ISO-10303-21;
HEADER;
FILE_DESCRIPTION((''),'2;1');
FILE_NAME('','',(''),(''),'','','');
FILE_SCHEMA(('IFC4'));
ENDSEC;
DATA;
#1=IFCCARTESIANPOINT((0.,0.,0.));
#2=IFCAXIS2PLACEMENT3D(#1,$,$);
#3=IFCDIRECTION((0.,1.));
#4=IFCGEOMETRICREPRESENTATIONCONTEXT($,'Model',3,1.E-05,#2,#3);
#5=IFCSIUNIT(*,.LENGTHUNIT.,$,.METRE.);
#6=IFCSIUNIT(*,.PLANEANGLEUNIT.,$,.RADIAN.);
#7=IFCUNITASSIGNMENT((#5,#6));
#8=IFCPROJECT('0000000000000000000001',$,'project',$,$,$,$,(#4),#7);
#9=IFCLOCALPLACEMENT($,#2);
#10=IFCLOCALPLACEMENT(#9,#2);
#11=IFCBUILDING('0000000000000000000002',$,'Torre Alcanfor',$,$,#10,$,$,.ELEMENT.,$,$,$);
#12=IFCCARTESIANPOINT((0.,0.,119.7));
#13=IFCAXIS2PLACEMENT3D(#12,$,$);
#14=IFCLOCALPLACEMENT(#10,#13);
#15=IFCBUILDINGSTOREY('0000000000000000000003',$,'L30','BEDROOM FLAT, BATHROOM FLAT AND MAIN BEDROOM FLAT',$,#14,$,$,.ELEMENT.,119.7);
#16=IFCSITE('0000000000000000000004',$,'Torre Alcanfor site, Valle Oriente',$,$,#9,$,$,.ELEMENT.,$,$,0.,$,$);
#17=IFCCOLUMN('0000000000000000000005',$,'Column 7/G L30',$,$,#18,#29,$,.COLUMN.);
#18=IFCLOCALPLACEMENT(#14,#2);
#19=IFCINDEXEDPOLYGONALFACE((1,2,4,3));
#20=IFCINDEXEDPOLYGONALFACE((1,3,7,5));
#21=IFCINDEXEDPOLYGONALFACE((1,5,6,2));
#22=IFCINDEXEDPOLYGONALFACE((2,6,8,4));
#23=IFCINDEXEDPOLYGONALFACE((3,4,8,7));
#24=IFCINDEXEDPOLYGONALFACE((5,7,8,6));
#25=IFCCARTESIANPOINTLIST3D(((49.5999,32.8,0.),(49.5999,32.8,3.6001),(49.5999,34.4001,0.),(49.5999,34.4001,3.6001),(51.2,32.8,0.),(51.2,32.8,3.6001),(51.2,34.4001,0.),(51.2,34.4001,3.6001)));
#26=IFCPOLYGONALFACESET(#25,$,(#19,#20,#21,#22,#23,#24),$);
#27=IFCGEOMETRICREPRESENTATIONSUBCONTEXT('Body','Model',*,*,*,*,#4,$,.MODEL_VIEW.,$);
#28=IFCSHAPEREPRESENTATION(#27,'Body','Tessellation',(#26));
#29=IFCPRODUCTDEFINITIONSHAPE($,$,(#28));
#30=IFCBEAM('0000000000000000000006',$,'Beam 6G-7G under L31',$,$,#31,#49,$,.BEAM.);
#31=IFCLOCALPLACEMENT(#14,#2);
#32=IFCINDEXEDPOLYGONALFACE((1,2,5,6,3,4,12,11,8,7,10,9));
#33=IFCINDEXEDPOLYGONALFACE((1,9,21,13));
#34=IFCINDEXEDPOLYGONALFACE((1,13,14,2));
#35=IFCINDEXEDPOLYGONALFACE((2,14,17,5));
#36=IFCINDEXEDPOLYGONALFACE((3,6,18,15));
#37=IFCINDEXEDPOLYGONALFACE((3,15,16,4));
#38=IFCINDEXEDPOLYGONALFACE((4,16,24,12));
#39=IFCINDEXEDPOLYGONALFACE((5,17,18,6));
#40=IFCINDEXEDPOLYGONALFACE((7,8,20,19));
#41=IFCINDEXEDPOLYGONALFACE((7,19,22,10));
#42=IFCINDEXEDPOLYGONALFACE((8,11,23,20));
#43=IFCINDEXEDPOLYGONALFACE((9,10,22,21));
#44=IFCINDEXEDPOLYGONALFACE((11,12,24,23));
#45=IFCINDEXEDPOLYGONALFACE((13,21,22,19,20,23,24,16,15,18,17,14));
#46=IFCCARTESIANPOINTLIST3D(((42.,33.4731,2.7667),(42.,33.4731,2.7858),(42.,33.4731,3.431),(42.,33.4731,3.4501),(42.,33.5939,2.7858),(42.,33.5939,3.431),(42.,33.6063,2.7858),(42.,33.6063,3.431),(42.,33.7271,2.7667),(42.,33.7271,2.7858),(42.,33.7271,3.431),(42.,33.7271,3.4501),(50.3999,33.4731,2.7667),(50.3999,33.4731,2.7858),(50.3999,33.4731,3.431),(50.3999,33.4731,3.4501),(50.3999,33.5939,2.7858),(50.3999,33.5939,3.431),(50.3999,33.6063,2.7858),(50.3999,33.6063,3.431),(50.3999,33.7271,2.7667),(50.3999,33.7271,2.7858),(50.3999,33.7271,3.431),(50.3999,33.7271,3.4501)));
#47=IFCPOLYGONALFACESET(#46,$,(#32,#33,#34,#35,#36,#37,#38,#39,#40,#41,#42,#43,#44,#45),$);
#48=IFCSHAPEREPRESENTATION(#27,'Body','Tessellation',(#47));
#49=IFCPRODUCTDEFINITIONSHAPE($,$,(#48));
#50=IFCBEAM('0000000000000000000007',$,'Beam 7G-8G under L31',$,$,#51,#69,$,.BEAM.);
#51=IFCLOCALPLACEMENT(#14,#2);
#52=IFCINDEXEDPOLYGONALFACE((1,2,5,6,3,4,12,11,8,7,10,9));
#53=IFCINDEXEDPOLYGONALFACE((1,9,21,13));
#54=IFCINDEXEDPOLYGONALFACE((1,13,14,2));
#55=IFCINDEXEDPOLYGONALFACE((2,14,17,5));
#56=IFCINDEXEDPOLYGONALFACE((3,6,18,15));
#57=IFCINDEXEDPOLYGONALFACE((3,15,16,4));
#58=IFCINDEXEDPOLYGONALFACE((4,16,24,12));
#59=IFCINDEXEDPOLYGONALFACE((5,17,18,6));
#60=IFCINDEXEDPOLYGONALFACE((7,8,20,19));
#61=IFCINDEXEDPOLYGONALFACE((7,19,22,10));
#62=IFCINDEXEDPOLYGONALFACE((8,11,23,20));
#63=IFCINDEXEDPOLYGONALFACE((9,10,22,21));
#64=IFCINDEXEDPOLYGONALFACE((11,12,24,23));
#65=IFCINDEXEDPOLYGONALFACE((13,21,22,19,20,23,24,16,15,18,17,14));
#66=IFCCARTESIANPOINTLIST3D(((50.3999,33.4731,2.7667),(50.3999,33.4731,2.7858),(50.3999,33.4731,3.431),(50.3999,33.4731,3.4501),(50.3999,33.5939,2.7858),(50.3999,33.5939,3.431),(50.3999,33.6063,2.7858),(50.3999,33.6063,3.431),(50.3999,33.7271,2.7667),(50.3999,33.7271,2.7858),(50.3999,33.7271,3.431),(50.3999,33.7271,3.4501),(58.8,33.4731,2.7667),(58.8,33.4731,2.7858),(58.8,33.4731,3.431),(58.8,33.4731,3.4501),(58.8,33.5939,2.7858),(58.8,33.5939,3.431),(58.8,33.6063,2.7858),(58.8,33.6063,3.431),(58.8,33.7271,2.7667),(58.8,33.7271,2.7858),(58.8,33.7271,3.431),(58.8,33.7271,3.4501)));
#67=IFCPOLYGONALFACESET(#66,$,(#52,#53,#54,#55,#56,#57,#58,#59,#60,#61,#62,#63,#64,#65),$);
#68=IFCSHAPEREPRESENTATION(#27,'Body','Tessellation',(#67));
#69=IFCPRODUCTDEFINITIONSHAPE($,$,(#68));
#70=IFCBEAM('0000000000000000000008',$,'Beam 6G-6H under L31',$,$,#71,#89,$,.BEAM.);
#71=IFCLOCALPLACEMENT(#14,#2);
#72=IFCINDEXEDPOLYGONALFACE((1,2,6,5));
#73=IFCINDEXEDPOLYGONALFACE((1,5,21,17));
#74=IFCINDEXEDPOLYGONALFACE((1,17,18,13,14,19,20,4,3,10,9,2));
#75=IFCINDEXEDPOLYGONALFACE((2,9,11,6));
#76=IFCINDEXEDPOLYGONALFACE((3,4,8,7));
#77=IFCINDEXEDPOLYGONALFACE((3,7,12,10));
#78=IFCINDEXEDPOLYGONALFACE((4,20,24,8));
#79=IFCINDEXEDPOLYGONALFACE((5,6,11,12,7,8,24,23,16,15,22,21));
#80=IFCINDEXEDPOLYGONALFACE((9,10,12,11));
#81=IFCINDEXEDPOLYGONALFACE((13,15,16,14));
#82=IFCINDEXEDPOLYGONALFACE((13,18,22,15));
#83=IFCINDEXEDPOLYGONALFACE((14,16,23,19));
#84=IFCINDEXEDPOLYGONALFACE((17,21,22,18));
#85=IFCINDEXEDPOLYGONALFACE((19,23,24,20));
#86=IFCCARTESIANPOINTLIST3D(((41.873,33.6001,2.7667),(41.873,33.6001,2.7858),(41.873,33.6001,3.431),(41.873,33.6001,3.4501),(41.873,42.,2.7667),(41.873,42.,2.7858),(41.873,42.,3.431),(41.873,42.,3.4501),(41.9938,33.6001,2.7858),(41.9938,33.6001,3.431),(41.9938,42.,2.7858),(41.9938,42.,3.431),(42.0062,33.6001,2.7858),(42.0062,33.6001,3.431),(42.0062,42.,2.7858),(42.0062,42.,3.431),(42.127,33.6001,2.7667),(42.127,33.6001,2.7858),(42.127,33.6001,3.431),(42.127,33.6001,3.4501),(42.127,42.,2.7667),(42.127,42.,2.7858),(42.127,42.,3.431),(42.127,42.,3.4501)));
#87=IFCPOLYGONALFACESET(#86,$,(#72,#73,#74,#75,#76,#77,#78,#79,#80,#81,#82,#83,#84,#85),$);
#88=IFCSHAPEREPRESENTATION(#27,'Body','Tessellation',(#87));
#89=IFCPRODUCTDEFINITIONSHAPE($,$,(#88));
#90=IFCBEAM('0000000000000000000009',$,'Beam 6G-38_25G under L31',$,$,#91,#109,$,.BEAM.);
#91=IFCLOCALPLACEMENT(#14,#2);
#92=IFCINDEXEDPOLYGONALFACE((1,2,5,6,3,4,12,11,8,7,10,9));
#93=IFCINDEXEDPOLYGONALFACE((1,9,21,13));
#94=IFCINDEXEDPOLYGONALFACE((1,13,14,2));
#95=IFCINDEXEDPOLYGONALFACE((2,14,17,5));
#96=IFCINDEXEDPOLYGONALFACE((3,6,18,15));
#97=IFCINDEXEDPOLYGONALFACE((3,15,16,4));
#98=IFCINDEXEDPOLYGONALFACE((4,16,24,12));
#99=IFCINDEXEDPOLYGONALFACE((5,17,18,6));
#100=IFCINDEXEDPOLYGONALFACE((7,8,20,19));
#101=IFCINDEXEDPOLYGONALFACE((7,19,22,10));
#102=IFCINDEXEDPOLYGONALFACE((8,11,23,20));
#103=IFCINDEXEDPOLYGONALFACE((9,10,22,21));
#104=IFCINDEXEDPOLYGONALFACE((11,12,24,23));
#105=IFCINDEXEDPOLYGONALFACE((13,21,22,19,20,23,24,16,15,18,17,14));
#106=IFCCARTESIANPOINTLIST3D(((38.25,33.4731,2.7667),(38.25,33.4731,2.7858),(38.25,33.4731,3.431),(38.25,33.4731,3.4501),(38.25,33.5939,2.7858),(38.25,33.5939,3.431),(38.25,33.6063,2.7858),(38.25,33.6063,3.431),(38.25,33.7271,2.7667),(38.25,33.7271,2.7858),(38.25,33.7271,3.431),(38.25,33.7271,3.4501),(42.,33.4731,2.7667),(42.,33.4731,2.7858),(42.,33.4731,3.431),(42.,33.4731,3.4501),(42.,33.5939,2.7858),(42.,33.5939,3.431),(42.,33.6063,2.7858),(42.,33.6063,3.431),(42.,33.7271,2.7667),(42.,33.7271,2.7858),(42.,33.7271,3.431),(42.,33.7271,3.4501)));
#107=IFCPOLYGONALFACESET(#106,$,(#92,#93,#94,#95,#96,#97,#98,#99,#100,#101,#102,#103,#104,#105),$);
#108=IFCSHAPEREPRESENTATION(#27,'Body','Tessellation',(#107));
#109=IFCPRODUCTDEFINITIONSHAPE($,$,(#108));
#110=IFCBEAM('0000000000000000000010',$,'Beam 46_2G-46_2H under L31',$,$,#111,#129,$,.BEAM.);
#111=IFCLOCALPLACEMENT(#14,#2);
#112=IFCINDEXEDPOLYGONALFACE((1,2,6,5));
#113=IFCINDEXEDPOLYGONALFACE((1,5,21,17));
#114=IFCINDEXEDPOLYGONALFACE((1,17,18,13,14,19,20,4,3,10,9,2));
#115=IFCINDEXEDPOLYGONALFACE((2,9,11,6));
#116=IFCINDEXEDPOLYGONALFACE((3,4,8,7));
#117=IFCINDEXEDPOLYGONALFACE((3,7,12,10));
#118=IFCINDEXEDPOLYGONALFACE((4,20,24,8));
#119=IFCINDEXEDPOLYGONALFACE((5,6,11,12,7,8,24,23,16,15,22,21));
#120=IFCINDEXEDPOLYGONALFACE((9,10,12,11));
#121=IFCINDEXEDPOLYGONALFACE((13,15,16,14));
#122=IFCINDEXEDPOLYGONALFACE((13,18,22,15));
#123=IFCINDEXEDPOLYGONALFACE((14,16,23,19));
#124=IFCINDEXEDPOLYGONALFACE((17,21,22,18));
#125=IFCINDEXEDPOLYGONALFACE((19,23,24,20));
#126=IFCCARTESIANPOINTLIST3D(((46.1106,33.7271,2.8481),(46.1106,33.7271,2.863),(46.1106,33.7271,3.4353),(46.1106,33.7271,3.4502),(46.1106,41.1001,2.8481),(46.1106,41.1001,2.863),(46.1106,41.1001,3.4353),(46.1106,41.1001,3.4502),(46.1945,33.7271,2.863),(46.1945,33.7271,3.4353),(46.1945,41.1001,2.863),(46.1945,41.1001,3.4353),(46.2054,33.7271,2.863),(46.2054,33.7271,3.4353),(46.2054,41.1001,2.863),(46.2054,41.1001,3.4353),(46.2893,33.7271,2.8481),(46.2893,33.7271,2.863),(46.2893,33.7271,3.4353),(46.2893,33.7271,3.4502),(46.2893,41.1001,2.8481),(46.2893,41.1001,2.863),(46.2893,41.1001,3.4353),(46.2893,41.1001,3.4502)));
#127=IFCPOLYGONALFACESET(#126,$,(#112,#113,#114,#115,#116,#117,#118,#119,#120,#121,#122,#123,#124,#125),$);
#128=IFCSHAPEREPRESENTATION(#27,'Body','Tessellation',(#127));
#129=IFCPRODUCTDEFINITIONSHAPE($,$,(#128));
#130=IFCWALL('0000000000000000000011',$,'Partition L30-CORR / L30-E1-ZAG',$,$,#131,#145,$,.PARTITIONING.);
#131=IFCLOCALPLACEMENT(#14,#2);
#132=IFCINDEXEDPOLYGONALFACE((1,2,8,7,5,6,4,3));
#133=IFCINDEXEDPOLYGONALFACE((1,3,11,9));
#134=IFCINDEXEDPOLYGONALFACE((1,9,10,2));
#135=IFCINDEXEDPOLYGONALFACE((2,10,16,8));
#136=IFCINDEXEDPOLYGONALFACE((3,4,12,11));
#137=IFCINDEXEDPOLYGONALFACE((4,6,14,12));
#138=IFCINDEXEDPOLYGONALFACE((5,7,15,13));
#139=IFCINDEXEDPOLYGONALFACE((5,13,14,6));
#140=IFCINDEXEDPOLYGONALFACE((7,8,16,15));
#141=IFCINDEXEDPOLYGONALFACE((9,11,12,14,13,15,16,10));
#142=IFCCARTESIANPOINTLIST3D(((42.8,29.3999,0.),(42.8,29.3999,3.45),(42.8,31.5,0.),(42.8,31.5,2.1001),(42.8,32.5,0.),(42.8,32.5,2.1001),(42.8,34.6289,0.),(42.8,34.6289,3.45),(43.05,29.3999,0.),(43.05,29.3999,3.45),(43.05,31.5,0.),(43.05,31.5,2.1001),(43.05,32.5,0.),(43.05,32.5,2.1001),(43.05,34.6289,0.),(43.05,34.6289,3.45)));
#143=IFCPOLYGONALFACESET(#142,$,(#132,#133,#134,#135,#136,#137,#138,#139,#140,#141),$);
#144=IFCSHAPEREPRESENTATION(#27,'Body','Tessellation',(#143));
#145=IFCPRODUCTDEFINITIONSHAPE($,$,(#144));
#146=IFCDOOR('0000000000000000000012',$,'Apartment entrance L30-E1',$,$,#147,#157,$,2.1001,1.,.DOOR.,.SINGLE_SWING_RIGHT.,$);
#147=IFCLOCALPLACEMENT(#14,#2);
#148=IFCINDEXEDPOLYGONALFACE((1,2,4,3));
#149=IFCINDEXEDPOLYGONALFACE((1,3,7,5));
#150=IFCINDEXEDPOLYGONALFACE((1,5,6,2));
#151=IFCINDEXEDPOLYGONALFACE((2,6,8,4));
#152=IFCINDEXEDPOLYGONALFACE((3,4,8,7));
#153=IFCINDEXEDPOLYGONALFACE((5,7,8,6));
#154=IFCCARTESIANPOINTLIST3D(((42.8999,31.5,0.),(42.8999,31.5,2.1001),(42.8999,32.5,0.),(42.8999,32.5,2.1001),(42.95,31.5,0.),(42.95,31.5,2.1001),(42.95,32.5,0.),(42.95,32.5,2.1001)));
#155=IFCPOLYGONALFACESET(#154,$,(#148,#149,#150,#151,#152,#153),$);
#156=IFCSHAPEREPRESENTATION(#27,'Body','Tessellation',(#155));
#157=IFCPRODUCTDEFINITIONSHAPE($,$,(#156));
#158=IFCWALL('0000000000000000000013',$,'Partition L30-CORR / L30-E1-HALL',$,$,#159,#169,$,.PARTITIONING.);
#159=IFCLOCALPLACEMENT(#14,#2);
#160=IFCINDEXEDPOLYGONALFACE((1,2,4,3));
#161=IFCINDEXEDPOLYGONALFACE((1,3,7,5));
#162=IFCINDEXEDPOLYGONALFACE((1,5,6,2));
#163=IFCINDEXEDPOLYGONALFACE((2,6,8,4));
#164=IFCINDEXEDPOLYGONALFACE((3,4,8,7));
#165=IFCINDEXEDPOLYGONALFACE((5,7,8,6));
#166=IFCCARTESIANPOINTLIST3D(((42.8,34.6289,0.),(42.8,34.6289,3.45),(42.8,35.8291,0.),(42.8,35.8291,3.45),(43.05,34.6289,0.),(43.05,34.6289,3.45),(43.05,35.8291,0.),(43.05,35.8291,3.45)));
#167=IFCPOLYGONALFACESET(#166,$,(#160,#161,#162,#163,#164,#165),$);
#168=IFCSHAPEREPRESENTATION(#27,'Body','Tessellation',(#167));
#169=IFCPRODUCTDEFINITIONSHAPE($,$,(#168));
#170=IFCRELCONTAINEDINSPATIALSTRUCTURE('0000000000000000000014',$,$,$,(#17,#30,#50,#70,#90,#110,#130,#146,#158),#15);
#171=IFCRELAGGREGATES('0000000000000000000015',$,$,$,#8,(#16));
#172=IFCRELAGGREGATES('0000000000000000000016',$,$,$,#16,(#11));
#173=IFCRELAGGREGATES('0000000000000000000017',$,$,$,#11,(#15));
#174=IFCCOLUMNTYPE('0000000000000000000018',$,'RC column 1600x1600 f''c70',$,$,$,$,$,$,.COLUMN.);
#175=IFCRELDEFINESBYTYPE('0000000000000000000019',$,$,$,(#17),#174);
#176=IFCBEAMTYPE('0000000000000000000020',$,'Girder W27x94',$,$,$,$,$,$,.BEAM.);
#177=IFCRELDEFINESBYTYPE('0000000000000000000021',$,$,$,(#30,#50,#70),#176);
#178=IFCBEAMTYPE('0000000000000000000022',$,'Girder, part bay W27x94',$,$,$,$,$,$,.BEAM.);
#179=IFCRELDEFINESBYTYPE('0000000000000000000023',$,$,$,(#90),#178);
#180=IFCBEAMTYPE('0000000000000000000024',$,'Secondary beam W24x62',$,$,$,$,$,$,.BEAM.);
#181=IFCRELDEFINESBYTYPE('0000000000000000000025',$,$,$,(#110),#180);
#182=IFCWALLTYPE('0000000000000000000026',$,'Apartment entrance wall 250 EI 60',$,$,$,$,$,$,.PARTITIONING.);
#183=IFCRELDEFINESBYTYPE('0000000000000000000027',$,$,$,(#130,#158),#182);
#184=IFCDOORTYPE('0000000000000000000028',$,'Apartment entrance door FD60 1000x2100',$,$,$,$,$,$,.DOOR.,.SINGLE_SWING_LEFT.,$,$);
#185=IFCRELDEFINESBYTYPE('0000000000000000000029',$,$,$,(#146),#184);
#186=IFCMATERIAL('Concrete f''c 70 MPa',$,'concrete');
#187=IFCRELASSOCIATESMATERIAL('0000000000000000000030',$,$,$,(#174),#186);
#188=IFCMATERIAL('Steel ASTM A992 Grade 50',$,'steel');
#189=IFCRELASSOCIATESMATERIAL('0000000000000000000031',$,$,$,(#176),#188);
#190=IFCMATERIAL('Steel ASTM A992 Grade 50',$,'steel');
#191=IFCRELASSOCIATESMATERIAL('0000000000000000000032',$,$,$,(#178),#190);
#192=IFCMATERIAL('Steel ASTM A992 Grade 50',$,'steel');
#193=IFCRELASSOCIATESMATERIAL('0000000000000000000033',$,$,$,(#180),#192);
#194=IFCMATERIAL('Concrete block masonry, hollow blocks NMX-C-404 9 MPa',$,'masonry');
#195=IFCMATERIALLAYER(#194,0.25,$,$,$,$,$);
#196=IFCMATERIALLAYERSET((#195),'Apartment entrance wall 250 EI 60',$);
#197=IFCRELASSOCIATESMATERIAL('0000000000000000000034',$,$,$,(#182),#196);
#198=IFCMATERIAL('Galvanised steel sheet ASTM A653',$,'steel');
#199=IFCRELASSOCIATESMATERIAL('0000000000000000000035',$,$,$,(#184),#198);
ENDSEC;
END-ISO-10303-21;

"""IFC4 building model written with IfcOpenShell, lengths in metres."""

from ifc_helpers import new_model, si_unit, direction, frame, frame_2d, origin, origin_2d, place, context, subcontext, project, spatial, rectangle, i_section, extrude, material, layer, layer_set, material_profile, profile_set, type_object, element, fill, save


model = new_model("IFC4")

# Units and contexts
model_context = context("Model", 3, precision=1e-05, world=origin(), true_north=direction((0.0, 1.0)))
body_context = subcontext(model_context, "Body", "Model", "MODEL_VIEW")
ifc_project = project(units=[si_unit("LENGTHUNIT", "METRE"), si_unit("PLANEANGLEUNIT", "RADIAN")], contexts=[model_context])

# Site, building, storey
site_placement = place(None, origin())
site = spatial("IfcSite", under=ifc_project, at=site_placement, Name="Torre Alcanfor site, Valle Oriente", CompositionType="ELEMENT", RefElevation=0.0)
building_placement = place(site_placement, origin())
building = spatial("IfcBuilding", under=site, at=building_placement, Name="Torre Alcanfor", CompositionType="ELEMENT")
storey_placement = place(building_placement, frame((0.0, 0.0, 119.7)))
storey = spatial("IfcBuildingStorey", under=building, at=storey_placement, Name="L30", Description="BEDROOM FLAT, BATHROOM FLAT AND MAIN BEDROOM FLAT", CompositionType="ELEMENT", Elevation=119.7)

# Column
ifc_material_1 = material(Name="Concrete f'c 70 MPa", Category="concrete")
ifc_material_profile_1 = material_profile(ifc_material_1, rectangle(XDim=1.6001, YDim=1.6001, at=origin_2d()), Name="1600x1600")
ifc_profile_set_1 = profile_set([ifc_material_profile_1], Name="Concrete f'c 70 MPa")
column_type = type_object("IfcColumnType", Name="RC column 1600x1600 f'c70", PredefinedType="COLUMN", material=ifc_profile_set_1)
column_placement = place(storey_placement, frame((50.3999, 33.6001, 0.0), z_axis=(0.0, 0.0, 1.0), x_axis=(1.0, 0.0, 0.0)))
element("IfcColumn", 1, at=column_placement, inside=storey, type_object=column_type, Name="Column 7/G L30", PredefinedType="COLUMN", context=body_context, shape_type="SweptSolid", body=[
    extrude(rectangle(XDim=1.6001, YDim=1.6001, at=origin_2d()), origin(), (0.0, 0.0, 1.0), 3.6001),
])

# Beams
ifc_material_2 = material(Name="Steel ASTM A992 Grade 50", Category="steel")
ifc_material_profile_2 = material_profile(ifc_material_2, i_section(OverallWidth=0.2539, OverallDepth=0.6833, WebThickness=0.0125, FlangeThickness=0.019, at=origin_2d()), Name="W27x94")
ifc_profile_set_2 = profile_set([ifc_material_profile_2], Name="Steel ASTM A992 Grade 50")
beam_type_1 = type_object("IfcBeamType", Name="Girder W27x94", PredefinedType="BEAM", material=ifc_profile_set_2)
beam_1_placement = place(storey_placement, frame((42.0, 33.6001, 3.1084), z_axis=(1.0, 0.0, 0.0), x_axis=(0.0, 1.0, 0.0)))
element("IfcBeam", 2, at=beam_1_placement, inside=storey, type_object=beam_type_1, Name="Beam 6G-7G under L31", PredefinedType="BEAM", context=body_context, shape_type="SweptSolid", body=[
    extrude(i_section(OverallWidth=0.2539, OverallDepth=0.6833, WebThickness=0.0125, FlangeThickness=0.019, at=origin_2d()), origin(), (0.0, 0.0, 1.0), 8.3999),
])
beam_2_placement = place(storey_placement, frame((50.3999, 33.6001, 3.1084), z_axis=(1.0, 0.0, 0.0), x_axis=(0.0, 1.0, 0.0)))
element("IfcBeam", 3, at=beam_2_placement, inside=storey, type_object=beam_type_1, Name="Beam 7G-8G under L31", PredefinedType="BEAM", context=body_context, shape_type="SweptSolid", body=[
    extrude(i_section(OverallWidth=0.2539, OverallDepth=0.6833, WebThickness=0.0125, FlangeThickness=0.019, at=origin_2d()), origin(), (0.0, 0.0, 1.0), 8.4001),
])
beam_3_placement = place(storey_placement, frame((42.0, 33.6001, 3.1084), z_axis=(0.0, 1.0, 0.0), x_axis=(-1.0, 0.0, 0.0)))
element("IfcBeam", 4, at=beam_3_placement, inside=storey, type_object=beam_type_1, Name="Beam 6G-6H under L31", PredefinedType="BEAM", context=body_context, shape_type="SweptSolid", body=[
    extrude(i_section(OverallWidth=0.2539, OverallDepth=0.6833, WebThickness=0.0125, FlangeThickness=0.019, at=origin_2d()), origin(), (0.0, 0.0, 1.0), 8.3999),
])
ifc_material_3 = material(Name="Steel ASTM A992 Grade 50", Category="steel")
ifc_material_profile_3 = material_profile(ifc_material_3, i_section(OverallWidth=0.2539, OverallDepth=0.6833, WebThickness=0.0125, FlangeThickness=0.019, at=origin_2d()), Name="W27x94")
ifc_profile_set_3 = profile_set([ifc_material_profile_3], Name="Steel ASTM A992 Grade 50")
beam_type_2 = type_object("IfcBeamType", Name="Girder, part bay W27x94", PredefinedType="BEAM", material=ifc_profile_set_3)
beam_4_placement = place(storey_placement, frame((42.0, 33.6001, 3.1084), z_axis=(-1.0, 0.0, 0.0), x_axis=(0.0, -1.0, 0.0)))
element("IfcBeam", 5, at=beam_4_placement, inside=storey, type_object=beam_type_2, Name="Beam 6G-38_25G under L31", PredefinedType="BEAM", context=body_context, shape_type="SweptSolid", body=[
    extrude(i_section(OverallWidth=0.2539, OverallDepth=0.6833, WebThickness=0.0125, FlangeThickness=0.019, at=origin_2d()), origin(), (0.0, 0.0, 1.0), 3.75),
])
ifc_material_4 = material(Name="Steel ASTM A992 Grade 50", Category="steel")
ifc_material_profile_4 = material_profile(ifc_material_4, i_section(OverallWidth=0.1787, OverallDepth=0.6021, WebThickness=0.011, FlangeThickness=0.0149, at=origin_2d()), Name="W24x62")
ifc_profile_set_4 = profile_set([ifc_material_profile_4], Name="Steel ASTM A992 Grade 50")
beam_type_3 = type_object("IfcBeamType", Name="Secondary beam W24x62", PredefinedType="BEAM", material=ifc_profile_set_4)
beam_5_placement = place(storey_placement, frame((46.2, 33.7271, 3.1492), z_axis=(0.0, 1.0, 0.0), x_axis=(-1.0, 0.0, 0.0)))
element("IfcBeam", 6, at=beam_5_placement, inside=storey, type_object=beam_type_3, Name="Beam 46_2G-46_2H under L31", PredefinedType="BEAM", context=body_context, shape_type="SweptSolid", body=[
    extrude(i_section(OverallWidth=0.1787, OverallDepth=0.6021, WebThickness=0.011, FlangeThickness=0.0149, at=origin_2d()), origin(), (0.0, 0.0, 1.0), 7.373),
])

# Wall, opening, door
ifc_material_5 = material(Name="Concrete block masonry, hollow blocks NMX-C-404 9 MPa", Category="masonry")
ifc_layer_1 = layer(ifc_material_5, 0.25)
ifc_layer_set_1 = layer_set([ifc_layer_1], Name="Apartment entrance wall 250 EI 60")
wall_type_1 = type_object("IfcWallType", Name="Apartment entrance wall 250 EI 60", PredefinedType="PARTITIONING", material=ifc_layer_set_1)
wall_1_placement = place(storey_placement, frame((42.925, 34.6289, 0.0), z_axis=(0.0, 0.0, 1.0), x_axis=(0.0, -1.0, 0.0)))
wall_1 = element("IfcWall", 7, at=wall_1_placement, inside=storey, type_object=wall_type_1, Name="Partition L30-CORR / L30-E1-ZAG", PredefinedType="PARTITIONING", context=body_context, shape_type="SweptSolid", body=[
    extrude(rectangle(XDim=5.229, YDim=0.25, at=frame_2d((2.6145, 0.0))), origin(), (0.0, 0.0, 1.0), 3.45),
])
opening_1_placement = place(wall_1_placement, frame((2.1289, 0.0, 0.0)))
opening_1 = element("IfcOpeningElement", 8, at=opening_1_placement, cuts=wall_1, PredefinedType="OPENING", context=body_context, shape_type="SweptSolid", body=[
    extrude(rectangle(XDim=1.0, YDim=2.1001, at=frame_2d((0.5, 1.05))), frame((0.0, 0.135, 0.0), z_axis=(0.0, -1.0, 0.0), x_axis=(1.0, 0.0, 0.0)), (0.0, 0.0, 1.0), 0.27),
])
ifc_material_6 = material(Name="Galvanised steel sheet ASTM A653", Category="steel")
door_type_1 = type_object("IfcDoorType", Name="Apartment entrance door FD60 1000x2100", OperationType="SINGLE_SWING_LEFT", PredefinedType="DOOR", material=ifc_material_6)
door_1_placement = place(opening_1_placement, origin())
door_1 = element("IfcDoor", 9, at=door_1_placement, inside=storey, type_object=door_type_1, Name="Apartment entrance L30-E1", OperationType="SINGLE_SWING_RIGHT", OverallHeight=2.1001, OverallWidth=1.0, PredefinedType="DOOR", context=body_context, shape_type="SweptSolid", body=[
    extrude(rectangle(XDim=1.0, YDim=2.1001, at=frame_2d((0.5, 1.05))), frame((0.0, 0.0249, 0.0), z_axis=(0.0, -1.0, 0.0), x_axis=(1.0, 0.0, 0.0)), (0.0, 0.0, 1.0), 0.05),
])
fill(opening_1, door_1)

# Wall
wall_2_placement = place(storey_placement, frame((42.925, 35.8291, 0.0), z_axis=(0.0, 0.0, 1.0), x_axis=(0.0, -1.0, 0.0)))
element("IfcWall", 10, at=wall_2_placement, inside=storey, type_object=wall_type_1, Name="Partition L30-CORR / L30-E1-HALL", PredefinedType="PARTITIONING", context=body_context, shape_type="SweptSolid", body=[
    extrude(rectangle(XDim=1.2002, YDim=0.25, at=frame_2d((0.6001, 0.0))), origin(), (0.0, 0.0, 1.0), 3.45),
])

save(model, "model.ifc")
